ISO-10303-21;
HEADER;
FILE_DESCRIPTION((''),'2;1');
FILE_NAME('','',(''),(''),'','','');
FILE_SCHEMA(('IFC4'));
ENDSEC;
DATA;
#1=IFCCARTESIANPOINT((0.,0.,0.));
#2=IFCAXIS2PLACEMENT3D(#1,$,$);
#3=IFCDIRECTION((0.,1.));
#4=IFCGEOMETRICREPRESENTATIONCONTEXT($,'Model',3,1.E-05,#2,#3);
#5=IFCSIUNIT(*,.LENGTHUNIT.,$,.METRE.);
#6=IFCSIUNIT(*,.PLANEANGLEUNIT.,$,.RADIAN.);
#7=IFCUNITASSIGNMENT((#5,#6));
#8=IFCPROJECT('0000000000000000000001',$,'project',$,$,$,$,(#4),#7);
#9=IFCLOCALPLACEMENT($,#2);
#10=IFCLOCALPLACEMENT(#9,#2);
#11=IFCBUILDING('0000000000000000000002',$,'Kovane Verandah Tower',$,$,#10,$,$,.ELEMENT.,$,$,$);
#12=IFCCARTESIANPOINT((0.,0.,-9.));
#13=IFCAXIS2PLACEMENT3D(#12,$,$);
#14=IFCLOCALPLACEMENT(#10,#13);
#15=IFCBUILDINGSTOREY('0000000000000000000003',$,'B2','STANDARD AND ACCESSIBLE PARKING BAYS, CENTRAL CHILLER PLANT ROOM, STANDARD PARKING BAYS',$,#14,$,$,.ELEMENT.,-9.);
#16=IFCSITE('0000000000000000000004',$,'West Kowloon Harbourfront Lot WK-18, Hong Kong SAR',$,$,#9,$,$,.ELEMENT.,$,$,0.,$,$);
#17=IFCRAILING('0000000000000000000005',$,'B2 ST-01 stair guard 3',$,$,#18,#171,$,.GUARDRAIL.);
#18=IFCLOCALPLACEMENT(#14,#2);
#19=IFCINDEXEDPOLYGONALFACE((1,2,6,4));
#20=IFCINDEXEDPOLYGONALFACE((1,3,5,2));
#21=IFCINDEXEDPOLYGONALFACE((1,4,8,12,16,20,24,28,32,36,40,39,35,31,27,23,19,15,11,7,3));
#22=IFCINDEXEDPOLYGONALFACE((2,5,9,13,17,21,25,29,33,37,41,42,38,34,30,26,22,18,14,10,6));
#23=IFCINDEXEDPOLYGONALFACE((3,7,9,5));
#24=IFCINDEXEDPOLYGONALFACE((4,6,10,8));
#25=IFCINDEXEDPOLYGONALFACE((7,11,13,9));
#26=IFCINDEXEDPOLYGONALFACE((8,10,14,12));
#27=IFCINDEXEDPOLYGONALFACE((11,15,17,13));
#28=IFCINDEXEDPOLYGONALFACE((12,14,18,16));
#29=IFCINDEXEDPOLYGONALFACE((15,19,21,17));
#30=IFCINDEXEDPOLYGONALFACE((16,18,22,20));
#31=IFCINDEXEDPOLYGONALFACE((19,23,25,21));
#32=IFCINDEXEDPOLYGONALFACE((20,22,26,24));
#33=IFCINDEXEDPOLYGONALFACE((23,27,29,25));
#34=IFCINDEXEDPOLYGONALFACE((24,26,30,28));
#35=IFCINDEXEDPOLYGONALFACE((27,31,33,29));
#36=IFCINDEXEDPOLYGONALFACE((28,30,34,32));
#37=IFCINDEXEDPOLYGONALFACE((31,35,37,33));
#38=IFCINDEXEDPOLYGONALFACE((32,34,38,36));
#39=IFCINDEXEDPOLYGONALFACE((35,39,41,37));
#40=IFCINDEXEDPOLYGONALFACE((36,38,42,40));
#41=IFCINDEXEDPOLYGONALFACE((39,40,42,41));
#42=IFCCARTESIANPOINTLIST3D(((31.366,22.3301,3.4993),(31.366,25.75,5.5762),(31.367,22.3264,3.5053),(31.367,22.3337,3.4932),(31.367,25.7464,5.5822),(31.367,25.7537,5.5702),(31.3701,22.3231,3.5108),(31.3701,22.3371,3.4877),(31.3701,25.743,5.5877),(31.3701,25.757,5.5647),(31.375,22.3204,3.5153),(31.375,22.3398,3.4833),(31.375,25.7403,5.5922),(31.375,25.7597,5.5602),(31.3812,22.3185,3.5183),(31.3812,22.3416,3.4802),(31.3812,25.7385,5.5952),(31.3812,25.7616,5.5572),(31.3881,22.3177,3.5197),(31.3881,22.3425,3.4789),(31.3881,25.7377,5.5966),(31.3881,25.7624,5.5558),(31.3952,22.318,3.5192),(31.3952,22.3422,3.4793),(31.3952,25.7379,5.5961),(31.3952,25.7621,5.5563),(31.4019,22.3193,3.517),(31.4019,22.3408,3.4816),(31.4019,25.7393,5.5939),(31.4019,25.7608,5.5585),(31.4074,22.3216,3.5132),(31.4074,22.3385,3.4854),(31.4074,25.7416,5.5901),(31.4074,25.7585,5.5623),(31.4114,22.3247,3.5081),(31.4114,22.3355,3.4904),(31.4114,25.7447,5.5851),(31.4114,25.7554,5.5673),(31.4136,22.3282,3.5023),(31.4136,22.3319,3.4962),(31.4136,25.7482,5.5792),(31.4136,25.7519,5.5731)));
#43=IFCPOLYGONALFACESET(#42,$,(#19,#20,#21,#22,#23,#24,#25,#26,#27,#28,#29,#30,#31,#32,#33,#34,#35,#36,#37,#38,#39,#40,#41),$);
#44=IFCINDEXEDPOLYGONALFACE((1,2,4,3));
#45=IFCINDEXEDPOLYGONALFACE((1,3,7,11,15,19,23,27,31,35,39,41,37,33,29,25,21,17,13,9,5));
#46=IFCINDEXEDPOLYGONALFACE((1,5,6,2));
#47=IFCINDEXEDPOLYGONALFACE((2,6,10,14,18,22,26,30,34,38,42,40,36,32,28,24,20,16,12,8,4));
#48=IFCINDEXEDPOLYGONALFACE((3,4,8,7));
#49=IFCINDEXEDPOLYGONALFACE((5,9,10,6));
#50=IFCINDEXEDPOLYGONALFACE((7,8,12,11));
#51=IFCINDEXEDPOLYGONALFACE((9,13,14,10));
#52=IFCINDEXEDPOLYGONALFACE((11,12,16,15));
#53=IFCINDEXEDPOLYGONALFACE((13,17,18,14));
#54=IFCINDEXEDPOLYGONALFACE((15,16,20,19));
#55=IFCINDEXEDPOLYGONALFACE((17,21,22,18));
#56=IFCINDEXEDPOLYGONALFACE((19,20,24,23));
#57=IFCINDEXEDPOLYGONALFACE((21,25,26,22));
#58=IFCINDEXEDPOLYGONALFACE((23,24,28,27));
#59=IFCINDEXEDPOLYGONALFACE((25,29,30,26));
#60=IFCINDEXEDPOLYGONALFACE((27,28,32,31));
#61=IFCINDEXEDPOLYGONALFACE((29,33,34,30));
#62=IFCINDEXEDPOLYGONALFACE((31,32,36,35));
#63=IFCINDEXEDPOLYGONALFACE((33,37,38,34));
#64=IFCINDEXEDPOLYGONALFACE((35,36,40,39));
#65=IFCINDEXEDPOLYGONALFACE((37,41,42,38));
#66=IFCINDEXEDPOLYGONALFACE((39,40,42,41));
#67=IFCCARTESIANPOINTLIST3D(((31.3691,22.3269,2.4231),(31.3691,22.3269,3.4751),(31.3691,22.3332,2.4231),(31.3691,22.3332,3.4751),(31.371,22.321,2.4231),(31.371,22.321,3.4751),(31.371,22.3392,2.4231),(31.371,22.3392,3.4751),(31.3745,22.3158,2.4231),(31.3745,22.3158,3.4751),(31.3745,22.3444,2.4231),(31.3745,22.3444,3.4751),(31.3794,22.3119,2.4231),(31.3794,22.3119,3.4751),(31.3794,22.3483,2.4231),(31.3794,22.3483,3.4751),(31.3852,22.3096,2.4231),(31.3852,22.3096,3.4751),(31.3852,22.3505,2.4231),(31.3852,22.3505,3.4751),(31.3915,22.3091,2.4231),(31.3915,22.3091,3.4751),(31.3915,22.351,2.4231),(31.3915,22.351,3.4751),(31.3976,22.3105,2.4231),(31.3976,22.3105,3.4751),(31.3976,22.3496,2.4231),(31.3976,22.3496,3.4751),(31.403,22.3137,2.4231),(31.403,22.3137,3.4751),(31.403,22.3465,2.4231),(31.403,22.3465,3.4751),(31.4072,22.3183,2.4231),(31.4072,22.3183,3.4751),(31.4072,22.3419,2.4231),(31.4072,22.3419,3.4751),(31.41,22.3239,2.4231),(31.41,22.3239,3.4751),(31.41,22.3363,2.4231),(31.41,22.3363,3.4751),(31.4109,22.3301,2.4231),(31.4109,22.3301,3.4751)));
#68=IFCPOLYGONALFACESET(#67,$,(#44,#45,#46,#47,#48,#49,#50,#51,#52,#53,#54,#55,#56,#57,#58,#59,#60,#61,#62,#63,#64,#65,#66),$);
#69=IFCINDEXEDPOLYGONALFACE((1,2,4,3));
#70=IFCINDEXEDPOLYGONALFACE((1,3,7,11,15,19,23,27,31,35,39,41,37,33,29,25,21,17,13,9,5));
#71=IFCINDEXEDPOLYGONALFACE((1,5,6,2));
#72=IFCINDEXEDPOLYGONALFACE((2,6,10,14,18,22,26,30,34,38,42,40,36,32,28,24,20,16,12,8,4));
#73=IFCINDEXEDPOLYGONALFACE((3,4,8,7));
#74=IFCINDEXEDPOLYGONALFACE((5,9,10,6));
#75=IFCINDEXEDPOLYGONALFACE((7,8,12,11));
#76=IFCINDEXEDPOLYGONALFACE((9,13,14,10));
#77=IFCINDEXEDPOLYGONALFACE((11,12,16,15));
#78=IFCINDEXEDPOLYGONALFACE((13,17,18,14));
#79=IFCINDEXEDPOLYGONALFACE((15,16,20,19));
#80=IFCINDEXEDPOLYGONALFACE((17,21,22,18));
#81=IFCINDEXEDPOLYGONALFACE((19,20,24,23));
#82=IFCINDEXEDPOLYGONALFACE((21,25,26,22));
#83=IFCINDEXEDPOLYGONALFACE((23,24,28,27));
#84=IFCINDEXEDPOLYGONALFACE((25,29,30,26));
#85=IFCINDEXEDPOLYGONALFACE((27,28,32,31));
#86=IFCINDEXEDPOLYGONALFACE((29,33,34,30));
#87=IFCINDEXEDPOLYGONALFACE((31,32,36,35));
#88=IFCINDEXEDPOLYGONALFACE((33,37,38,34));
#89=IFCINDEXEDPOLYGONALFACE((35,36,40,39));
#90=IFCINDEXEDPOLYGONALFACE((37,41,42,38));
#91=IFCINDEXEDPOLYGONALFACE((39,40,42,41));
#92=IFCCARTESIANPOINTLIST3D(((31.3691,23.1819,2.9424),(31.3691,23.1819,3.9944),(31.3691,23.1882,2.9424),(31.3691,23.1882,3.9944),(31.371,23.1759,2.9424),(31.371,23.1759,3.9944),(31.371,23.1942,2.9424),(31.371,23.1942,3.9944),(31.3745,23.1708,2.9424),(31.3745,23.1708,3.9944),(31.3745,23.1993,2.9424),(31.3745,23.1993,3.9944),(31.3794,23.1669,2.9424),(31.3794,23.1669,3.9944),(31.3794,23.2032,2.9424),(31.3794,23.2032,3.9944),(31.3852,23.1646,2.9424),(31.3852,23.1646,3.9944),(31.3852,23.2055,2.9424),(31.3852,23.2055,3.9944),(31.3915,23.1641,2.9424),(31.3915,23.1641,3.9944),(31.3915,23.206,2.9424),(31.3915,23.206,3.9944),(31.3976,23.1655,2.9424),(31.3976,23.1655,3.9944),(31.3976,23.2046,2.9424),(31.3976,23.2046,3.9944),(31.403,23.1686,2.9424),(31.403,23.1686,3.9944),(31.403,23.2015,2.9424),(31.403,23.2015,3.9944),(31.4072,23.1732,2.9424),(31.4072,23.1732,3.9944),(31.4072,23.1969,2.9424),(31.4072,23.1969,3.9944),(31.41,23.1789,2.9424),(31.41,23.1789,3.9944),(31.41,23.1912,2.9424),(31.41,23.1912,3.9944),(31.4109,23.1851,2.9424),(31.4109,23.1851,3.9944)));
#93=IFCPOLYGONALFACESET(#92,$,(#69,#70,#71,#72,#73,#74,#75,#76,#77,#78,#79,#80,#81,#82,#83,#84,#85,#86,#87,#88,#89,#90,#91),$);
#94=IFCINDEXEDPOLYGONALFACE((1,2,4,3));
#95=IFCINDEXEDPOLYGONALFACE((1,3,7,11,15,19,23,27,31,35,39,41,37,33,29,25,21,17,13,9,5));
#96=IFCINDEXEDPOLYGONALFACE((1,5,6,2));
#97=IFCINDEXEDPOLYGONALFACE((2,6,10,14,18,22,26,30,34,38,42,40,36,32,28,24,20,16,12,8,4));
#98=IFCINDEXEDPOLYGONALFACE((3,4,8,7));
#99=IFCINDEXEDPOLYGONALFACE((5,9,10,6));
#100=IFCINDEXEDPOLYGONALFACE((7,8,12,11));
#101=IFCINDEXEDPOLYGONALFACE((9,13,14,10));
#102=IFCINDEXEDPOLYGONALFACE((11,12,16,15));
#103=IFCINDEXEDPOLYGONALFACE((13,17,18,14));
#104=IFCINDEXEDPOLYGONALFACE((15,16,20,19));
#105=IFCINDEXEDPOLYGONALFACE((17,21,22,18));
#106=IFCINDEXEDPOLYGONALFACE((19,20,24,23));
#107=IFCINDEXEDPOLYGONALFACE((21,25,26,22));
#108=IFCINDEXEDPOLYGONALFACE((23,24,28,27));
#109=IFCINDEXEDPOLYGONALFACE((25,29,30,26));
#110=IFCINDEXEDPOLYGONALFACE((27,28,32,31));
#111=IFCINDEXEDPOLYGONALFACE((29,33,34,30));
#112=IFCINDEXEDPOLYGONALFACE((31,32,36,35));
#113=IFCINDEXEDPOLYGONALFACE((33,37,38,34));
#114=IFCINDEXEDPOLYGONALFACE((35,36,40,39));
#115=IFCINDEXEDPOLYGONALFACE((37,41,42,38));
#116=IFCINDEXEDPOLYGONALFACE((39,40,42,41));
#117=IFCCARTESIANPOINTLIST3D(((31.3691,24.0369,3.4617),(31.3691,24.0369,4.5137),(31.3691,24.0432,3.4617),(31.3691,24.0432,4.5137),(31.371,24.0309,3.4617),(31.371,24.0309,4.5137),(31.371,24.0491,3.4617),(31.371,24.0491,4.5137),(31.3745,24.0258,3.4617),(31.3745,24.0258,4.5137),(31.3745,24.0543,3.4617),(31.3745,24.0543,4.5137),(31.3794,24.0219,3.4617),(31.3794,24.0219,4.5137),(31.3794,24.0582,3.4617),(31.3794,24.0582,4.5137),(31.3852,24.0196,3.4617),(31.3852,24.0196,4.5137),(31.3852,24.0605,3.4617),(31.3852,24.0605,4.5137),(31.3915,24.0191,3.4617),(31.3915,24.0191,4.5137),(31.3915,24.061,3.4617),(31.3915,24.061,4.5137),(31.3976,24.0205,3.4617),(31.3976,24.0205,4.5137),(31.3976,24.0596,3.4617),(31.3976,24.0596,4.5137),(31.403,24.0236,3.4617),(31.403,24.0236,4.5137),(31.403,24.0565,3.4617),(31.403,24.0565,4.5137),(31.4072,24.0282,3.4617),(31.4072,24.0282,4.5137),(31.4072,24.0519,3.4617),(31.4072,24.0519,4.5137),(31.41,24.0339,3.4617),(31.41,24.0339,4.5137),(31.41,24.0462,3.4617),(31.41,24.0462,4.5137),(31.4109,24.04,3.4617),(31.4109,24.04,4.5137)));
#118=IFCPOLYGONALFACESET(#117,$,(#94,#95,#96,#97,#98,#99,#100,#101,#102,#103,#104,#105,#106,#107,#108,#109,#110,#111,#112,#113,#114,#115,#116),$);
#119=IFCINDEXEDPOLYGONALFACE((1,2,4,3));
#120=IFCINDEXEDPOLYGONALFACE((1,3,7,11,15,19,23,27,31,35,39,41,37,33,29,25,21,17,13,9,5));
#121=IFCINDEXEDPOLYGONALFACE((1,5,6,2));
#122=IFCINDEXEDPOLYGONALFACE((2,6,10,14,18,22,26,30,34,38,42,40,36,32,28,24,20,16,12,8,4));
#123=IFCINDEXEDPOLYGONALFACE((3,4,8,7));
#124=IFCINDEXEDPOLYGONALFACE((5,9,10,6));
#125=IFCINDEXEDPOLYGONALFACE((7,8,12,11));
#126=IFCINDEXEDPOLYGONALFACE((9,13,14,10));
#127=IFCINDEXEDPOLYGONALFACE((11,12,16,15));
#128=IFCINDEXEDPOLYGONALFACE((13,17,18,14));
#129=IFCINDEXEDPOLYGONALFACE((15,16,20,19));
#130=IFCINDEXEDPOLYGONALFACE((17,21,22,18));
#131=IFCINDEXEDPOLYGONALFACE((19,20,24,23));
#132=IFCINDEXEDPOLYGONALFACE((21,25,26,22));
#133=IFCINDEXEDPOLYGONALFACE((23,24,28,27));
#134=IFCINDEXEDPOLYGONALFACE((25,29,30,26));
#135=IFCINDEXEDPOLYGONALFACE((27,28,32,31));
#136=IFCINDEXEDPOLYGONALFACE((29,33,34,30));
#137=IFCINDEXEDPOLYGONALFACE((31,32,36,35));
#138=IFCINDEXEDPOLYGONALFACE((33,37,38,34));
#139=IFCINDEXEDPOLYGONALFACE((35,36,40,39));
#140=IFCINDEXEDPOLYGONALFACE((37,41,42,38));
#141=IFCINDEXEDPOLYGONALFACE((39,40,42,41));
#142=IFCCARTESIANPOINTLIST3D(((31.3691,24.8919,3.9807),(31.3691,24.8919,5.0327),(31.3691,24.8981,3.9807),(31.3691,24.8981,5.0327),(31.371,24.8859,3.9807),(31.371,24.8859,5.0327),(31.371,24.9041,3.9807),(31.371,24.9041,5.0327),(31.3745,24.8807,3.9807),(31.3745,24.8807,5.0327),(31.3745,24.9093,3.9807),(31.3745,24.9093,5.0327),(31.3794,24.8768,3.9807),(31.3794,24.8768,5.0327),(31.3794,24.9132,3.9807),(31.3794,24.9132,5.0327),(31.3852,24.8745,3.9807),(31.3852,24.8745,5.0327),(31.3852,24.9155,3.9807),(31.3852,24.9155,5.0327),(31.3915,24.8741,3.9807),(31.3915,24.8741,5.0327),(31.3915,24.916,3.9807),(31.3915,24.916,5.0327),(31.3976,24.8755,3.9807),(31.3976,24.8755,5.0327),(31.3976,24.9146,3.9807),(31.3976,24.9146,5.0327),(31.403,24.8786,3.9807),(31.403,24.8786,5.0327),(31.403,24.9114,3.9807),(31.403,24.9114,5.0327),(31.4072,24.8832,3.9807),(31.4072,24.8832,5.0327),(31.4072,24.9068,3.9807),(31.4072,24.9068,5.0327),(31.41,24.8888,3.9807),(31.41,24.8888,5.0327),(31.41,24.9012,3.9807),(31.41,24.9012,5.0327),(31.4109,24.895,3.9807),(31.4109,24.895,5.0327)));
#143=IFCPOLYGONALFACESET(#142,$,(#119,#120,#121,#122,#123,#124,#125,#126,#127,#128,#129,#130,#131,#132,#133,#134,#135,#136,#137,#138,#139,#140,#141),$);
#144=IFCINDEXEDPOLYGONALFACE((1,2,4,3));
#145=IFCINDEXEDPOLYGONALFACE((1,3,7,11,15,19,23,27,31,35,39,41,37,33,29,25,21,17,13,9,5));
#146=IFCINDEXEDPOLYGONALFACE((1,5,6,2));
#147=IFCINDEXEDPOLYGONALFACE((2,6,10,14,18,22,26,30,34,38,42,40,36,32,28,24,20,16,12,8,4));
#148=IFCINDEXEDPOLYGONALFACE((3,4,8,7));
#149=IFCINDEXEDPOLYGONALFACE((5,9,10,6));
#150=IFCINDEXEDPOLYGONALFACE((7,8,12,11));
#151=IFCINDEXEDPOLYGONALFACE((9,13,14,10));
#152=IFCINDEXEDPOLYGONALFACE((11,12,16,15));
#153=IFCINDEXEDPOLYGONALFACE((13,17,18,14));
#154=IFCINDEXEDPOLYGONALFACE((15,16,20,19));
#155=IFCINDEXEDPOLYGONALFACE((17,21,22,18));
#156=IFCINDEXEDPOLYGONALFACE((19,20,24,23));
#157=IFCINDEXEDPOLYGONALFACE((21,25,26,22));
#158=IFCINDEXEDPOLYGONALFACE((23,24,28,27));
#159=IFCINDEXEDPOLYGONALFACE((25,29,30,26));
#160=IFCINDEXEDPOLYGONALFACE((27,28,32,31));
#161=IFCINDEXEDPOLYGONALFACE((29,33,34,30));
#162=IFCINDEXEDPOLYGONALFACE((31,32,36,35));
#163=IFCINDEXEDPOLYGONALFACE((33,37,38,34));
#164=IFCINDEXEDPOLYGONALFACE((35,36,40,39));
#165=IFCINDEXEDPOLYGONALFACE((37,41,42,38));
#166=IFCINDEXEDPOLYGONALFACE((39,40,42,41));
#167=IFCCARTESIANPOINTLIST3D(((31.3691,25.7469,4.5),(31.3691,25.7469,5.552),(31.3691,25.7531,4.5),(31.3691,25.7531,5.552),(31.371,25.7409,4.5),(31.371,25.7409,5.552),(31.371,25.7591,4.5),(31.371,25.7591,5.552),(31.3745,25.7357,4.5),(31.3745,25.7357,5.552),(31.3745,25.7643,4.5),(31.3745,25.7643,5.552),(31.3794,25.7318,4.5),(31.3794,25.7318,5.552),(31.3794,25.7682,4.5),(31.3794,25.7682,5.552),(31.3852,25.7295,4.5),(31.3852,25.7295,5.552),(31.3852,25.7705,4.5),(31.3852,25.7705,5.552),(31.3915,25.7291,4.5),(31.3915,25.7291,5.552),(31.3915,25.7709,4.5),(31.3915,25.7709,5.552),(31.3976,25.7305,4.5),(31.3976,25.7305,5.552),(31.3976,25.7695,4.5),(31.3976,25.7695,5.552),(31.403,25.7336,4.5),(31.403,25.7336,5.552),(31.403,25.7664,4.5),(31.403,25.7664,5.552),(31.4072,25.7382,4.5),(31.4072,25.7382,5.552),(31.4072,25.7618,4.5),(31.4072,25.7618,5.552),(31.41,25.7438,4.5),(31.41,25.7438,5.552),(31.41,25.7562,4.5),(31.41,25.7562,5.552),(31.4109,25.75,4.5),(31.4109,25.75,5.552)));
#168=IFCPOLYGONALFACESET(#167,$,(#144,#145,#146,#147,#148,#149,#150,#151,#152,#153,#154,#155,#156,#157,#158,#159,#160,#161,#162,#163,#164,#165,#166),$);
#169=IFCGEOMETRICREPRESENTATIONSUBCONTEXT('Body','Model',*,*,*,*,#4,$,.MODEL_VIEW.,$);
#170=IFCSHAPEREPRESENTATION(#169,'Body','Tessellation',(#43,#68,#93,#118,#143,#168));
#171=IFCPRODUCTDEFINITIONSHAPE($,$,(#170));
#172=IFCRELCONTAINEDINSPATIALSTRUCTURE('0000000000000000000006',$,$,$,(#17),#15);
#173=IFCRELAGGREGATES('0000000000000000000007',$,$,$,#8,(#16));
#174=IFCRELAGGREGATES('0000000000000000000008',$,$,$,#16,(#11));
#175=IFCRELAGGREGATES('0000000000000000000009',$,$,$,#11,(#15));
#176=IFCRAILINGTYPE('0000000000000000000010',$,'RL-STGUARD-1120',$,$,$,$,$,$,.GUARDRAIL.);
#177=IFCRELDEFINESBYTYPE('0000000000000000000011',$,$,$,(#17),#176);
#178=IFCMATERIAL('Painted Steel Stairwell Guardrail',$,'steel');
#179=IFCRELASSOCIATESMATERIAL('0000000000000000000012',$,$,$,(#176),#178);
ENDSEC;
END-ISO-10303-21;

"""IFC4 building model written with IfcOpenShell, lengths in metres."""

from ifc_helpers import new_model, si_unit, direction, frame, origin, origin_2d, place, context, subcontext, project, spatial, circle, extrude, material, type_object, element, save


model = new_model("IFC4")

# Units and contexts
model_context = context("Model", 3, precision=1e-05, world=origin(), true_north=direction((0.0, 1.0)))
body_context = subcontext(model_context, "Body", "Model", "MODEL_VIEW")
ifc_project = project(units=[si_unit("LENGTHUNIT", "METRE"), si_unit("PLANEANGLEUNIT", "RADIAN")], contexts=[model_context])

# Site, building, storey
site_placement = place(None, origin())
site = spatial("IfcSite", under=ifc_project, at=site_placement, Name="West Kowloon Harbourfront Lot WK-18, Hong Kong SAR", CompositionType="ELEMENT", RefElevation=0.0)
building_placement = place(site_placement, origin())
building = spatial("IfcBuilding", under=site, at=building_placement, Name="Kovane Verandah Tower", CompositionType="ELEMENT")
storey_placement = place(building_placement, frame((0.0, 0.0, -9.0)))
storey = spatial("IfcBuildingStorey", under=building, at=storey_placement, Name="B2", Description="STANDARD AND ACCESSIBLE PARKING BAYS, CENTRAL CHILLER PLANT ROOM, STANDARD PARKING BAYS", CompositionType="ELEMENT", Elevation=-9.0)

# Railing
ifc_material_1 = material(Name="Painted Steel Stairwell Guardrail", Category="steel")
railing_type_1 = type_object("IfcRailingType", Name="RL-STGUARD-1120", PredefinedType="GUARDRAIL", material=ifc_material_1)
railing_1_placement = place(storey_placement, frame((31.3899, 22.3301, 2.4231)))
element("IfcRailing", 1, at=railing_1_placement, inside=storey, type_object=railing_type_1, Name="B2 ST-01 stair guard 3", PredefinedType="GUARDRAIL", context=body_context, shape_type="SweptSolid", body=[
    extrude(circle(Radius=0.0239, at=origin_2d()), frame((0.0, 0.0, 1.0762), z_axis=(0.0, 0.85473, 0.519074), x_axis=(-1.0, 0.0, 0.0)), (0.0, 0.0, 1.0), 4.0012),
    extrude(circle(Radius=0.021, at=origin_2d()), origin(), (0.0, 0.0, 1.0), 1.052),
    extrude(circle(Radius=0.021, at=origin_2d()), frame((0.0, 0.855, 0.5193)), (0.0, 0.0, 1.0), 1.052),
    extrude(circle(Radius=0.021, at=origin_2d()), frame((0.0, 1.71, 1.0386)), (0.0, 0.0, 1.0), 1.052),
    extrude(circle(Radius=0.021, at=origin_2d()), frame((0.0, 2.5649, 1.5576)), (0.0, 0.0, 1.0), 1.052),
    extrude(circle(Radius=0.021, at=origin_2d()), frame((0.0, 3.4199, 2.0769)), (0.0, 0.0, 1.0), 1.052),
])

save(model, "model.ifc")
